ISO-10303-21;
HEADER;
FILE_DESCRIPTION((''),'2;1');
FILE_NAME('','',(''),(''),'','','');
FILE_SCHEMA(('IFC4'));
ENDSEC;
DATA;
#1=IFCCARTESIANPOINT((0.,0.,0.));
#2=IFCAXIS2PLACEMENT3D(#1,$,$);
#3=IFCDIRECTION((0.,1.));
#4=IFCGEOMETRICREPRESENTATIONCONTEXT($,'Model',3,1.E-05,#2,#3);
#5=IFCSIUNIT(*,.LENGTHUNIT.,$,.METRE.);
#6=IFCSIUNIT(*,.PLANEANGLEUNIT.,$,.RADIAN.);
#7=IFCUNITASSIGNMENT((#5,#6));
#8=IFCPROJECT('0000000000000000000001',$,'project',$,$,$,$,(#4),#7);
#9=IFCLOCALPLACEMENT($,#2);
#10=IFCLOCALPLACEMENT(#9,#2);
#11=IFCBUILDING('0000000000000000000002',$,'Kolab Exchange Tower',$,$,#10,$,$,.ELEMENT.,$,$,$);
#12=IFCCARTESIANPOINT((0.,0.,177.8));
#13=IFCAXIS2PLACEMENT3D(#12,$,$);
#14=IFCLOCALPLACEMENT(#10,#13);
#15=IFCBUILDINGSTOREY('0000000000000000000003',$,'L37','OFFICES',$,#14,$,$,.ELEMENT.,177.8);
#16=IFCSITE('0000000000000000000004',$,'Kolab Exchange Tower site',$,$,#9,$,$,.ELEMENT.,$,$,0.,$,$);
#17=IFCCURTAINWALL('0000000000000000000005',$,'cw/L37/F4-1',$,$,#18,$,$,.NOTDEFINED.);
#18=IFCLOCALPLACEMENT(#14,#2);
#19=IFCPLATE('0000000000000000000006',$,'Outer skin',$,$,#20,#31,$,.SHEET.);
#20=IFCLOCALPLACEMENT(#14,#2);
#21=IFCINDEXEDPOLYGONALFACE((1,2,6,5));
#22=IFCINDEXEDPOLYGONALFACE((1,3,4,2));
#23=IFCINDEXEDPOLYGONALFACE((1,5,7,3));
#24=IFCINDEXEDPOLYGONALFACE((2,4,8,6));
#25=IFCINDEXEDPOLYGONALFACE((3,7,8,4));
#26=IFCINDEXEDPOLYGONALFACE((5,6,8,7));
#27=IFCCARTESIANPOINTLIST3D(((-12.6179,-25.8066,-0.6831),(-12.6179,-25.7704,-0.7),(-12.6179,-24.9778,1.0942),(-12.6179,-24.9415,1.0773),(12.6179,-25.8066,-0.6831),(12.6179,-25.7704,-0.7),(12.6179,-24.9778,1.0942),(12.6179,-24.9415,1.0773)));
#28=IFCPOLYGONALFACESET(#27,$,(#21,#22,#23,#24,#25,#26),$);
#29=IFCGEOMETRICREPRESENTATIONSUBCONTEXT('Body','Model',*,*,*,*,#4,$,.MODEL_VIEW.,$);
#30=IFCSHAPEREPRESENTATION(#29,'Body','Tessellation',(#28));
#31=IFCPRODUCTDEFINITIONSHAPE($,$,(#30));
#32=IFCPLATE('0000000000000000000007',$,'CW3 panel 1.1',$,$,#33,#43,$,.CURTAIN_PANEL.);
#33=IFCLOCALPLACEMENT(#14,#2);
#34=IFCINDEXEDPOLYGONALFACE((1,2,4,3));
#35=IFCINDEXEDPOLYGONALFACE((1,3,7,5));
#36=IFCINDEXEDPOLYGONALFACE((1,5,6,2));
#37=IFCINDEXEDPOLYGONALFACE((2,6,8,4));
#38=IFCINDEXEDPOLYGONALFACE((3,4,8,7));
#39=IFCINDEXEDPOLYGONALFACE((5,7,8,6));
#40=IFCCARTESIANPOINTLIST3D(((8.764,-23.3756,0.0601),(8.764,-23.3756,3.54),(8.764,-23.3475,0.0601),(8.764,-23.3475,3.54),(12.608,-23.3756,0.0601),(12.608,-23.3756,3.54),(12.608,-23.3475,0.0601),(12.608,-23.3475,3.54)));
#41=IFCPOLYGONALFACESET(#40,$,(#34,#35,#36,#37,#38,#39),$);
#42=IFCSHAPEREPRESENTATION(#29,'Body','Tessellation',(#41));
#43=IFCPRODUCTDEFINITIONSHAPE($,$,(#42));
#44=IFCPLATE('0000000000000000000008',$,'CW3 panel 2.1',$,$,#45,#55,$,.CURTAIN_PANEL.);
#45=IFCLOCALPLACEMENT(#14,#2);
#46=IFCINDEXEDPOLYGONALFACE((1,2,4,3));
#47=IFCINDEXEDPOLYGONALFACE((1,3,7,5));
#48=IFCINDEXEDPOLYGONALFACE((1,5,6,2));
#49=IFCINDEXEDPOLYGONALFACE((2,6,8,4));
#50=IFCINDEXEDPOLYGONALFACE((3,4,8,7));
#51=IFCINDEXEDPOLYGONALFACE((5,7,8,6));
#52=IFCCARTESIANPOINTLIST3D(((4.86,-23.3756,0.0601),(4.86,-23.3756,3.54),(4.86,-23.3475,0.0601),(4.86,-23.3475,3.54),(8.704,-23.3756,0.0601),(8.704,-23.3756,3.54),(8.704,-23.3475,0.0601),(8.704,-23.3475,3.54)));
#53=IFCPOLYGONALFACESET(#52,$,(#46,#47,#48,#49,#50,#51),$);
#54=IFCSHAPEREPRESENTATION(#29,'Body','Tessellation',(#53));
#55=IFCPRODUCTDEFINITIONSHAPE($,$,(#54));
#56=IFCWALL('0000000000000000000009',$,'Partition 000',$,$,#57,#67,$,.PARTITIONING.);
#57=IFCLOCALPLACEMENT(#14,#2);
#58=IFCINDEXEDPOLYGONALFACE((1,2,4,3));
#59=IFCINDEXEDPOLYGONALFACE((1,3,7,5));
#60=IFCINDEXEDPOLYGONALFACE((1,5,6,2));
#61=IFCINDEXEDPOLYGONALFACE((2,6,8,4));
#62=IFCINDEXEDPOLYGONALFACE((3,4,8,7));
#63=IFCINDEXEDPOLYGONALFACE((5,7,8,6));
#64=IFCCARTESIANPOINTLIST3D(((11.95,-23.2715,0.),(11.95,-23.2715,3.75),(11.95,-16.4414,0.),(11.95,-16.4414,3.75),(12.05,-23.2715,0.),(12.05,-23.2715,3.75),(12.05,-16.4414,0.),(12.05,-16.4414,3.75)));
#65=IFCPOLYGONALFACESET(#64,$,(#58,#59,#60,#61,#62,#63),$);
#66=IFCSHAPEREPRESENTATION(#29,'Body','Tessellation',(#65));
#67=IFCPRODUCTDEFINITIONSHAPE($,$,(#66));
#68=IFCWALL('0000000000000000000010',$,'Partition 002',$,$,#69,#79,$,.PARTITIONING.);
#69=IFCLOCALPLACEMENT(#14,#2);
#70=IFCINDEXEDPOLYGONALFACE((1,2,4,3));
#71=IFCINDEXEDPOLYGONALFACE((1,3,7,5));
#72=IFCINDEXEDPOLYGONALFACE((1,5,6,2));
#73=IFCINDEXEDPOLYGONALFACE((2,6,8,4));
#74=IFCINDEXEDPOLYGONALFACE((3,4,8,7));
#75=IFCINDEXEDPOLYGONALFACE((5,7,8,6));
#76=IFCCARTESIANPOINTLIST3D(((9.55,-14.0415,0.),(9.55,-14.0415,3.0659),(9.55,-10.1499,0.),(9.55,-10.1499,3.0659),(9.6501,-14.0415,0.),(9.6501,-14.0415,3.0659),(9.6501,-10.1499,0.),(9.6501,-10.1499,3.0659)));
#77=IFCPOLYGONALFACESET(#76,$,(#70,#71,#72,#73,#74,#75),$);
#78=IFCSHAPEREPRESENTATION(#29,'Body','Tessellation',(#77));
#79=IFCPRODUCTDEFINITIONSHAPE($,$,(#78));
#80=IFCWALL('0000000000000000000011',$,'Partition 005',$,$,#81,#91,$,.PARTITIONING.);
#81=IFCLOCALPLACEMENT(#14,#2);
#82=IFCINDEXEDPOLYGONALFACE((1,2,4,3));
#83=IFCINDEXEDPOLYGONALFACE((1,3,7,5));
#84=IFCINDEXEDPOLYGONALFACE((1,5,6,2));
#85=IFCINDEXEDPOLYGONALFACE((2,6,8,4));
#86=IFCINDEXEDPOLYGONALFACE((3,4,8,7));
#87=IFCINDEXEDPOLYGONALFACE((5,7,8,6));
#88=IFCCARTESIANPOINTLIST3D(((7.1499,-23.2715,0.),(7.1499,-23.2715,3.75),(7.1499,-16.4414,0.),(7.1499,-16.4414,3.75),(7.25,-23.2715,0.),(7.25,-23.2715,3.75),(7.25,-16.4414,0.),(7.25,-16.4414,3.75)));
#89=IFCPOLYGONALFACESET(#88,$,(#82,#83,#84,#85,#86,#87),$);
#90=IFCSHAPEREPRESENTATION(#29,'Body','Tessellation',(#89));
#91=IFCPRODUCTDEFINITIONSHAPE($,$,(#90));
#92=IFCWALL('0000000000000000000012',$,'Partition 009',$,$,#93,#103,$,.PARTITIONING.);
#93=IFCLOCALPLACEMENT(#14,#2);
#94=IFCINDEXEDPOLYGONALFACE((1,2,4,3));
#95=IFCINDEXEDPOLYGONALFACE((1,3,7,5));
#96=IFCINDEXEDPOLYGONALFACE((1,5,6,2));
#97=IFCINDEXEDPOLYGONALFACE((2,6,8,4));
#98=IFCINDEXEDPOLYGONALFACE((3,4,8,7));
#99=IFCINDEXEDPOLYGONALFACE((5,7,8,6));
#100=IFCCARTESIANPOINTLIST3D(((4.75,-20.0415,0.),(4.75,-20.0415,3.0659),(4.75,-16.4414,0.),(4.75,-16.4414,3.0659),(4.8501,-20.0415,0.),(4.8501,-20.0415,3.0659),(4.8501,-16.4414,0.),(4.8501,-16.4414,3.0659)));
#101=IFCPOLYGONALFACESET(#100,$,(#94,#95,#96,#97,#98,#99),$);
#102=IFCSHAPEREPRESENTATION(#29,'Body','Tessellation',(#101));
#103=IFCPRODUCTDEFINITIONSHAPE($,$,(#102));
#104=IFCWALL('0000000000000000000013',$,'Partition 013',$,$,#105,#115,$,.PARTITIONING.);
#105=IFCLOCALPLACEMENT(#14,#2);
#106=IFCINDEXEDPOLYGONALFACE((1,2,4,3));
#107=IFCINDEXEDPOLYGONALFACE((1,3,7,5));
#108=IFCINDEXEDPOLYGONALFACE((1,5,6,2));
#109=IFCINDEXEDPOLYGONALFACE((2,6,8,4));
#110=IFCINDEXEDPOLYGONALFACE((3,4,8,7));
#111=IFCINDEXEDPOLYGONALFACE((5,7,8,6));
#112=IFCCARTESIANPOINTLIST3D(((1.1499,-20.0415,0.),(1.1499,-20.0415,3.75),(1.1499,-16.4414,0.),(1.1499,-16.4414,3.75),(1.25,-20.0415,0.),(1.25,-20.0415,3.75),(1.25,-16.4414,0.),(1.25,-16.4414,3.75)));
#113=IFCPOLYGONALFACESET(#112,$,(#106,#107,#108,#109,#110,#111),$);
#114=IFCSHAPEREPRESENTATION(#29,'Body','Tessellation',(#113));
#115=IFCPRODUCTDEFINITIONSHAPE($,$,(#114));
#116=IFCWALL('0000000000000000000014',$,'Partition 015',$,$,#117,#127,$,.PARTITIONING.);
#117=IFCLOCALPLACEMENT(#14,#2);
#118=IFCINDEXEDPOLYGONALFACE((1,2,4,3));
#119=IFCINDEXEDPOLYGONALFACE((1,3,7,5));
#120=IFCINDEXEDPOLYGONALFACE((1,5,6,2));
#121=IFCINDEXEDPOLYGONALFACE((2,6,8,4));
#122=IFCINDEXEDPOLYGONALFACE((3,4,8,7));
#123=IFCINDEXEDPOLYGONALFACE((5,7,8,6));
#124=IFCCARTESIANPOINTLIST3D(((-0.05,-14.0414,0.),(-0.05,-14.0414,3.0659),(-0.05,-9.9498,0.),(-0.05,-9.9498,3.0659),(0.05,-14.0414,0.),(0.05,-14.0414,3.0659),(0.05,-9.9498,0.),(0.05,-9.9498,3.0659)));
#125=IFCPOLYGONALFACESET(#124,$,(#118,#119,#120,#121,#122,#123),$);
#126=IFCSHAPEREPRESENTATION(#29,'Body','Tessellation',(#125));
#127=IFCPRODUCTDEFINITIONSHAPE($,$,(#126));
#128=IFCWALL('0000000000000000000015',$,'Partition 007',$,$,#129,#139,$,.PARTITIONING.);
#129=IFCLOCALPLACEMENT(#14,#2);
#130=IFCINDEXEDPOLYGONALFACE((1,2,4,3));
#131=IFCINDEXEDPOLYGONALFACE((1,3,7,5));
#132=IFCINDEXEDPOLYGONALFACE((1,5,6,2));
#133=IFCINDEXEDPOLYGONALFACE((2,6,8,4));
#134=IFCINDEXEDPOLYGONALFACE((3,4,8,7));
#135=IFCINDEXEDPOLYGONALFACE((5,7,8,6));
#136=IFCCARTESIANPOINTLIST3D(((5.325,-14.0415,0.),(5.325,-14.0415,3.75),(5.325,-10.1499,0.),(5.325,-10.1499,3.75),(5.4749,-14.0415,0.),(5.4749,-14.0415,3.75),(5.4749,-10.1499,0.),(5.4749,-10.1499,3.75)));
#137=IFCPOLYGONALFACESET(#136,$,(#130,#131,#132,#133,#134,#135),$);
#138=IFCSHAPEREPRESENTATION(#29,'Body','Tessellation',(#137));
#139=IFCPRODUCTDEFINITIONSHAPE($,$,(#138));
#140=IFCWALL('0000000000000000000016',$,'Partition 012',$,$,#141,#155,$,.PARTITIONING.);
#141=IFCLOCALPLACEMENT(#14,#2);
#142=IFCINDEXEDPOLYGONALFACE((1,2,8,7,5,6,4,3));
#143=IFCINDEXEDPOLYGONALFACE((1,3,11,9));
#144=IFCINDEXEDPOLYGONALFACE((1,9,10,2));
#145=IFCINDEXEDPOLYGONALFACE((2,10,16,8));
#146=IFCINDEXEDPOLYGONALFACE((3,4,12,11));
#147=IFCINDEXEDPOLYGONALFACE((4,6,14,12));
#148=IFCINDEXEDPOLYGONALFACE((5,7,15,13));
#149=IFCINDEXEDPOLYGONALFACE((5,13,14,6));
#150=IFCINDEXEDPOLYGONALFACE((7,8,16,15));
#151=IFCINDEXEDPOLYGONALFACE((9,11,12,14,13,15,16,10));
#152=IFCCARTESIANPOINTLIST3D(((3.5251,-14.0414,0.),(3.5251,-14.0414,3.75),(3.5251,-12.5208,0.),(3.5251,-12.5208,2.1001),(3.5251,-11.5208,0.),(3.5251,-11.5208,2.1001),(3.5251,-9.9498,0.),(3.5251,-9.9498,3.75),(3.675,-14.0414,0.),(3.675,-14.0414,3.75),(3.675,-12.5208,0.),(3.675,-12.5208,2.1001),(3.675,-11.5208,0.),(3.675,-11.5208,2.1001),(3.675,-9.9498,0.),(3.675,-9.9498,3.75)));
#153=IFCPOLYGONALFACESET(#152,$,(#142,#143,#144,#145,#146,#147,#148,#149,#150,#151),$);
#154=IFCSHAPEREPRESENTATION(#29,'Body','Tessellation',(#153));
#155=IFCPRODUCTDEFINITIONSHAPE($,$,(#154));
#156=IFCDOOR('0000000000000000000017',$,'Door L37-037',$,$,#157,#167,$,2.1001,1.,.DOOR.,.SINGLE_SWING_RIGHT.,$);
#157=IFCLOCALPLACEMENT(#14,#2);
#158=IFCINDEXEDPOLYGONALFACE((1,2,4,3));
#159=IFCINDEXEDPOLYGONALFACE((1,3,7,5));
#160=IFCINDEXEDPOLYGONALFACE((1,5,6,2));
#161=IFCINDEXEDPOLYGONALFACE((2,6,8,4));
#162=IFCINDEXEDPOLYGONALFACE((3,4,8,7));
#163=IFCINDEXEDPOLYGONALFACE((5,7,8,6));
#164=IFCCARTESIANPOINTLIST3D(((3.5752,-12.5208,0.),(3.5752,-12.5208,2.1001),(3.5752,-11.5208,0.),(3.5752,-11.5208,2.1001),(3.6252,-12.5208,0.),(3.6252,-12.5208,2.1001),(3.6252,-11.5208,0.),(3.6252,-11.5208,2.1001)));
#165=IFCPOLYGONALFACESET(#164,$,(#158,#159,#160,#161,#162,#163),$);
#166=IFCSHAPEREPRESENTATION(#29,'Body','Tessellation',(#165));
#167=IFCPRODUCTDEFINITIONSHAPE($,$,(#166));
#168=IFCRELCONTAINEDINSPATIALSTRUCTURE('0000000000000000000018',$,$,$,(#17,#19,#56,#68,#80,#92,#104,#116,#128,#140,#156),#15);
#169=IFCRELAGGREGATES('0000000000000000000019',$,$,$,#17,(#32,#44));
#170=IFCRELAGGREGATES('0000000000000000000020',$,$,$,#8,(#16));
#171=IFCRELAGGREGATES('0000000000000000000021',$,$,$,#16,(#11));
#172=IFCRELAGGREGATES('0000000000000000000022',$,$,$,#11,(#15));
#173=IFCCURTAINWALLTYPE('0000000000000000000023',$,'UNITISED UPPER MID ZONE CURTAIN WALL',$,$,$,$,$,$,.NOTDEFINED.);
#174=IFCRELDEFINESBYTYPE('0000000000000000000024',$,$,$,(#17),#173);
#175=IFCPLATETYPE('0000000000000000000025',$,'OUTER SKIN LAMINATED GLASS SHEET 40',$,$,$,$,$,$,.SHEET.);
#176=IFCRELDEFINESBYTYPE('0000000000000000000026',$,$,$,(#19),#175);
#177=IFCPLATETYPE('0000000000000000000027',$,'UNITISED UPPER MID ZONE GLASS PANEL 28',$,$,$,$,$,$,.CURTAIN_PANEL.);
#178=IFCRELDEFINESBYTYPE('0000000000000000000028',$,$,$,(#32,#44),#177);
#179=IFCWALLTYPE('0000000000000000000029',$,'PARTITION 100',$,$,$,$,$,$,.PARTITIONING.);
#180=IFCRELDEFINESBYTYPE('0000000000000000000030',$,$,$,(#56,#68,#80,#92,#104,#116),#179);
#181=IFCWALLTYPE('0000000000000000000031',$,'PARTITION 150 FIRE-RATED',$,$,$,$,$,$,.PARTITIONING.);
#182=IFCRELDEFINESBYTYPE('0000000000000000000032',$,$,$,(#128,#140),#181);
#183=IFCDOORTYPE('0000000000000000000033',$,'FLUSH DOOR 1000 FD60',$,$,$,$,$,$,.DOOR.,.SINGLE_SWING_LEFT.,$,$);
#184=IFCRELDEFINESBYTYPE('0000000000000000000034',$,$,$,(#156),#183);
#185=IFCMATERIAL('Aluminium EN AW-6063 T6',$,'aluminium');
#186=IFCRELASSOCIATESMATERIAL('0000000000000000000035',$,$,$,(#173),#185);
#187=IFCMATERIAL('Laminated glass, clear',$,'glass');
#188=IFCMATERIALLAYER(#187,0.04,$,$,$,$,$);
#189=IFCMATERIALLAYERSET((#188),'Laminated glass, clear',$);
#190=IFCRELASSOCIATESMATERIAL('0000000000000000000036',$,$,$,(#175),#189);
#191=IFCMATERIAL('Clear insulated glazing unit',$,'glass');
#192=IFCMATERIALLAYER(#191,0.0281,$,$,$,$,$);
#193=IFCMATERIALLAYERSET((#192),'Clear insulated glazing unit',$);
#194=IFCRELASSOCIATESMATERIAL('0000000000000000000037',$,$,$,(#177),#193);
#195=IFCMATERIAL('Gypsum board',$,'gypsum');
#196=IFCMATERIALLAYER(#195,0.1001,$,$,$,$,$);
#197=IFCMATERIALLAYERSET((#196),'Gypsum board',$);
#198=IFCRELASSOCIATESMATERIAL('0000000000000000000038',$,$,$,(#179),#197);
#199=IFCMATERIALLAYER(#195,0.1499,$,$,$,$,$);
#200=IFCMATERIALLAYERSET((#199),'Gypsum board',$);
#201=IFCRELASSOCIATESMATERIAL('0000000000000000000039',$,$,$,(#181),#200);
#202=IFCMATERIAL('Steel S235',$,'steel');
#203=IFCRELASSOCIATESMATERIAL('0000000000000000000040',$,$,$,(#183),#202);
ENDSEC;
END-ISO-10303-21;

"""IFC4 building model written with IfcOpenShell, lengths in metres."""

from ifc_helpers import new_model, si_unit, direction, frame, frame_2d, origin, origin_2d, place, context, subcontext, project, spatial, polyline, rectangle, outline, extrude, material, layer, layer_set, type_object, element, fill, aggregate, save


model = new_model("IFC4")

# Units and contexts
model_context = context("Model", 3, precision=1e-05, world=origin(), true_north=direction((0.0, 1.0)))
body_context = subcontext(model_context, "Body", "Model", "MODEL_VIEW")
ifc_project = project(units=[si_unit("LENGTHUNIT", "METRE"), si_unit("PLANEANGLEUNIT", "RADIAN")], contexts=[model_context])

# Site, building, storey
site_placement = place(None, origin())
site = spatial("IfcSite", under=ifc_project, at=site_placement, Name="Kolab Exchange Tower site", CompositionType="ELEMENT", RefElevation=0.0)
building_placement = place(site_placement, origin())
building = spatial("IfcBuilding", under=site, at=building_placement, Name="Kolab Exchange Tower", CompositionType="ELEMENT")
storey_placement = place(building_placement, frame((0.0, 0.0, 177.8)))
storey = spatial("IfcBuildingStorey", under=building, at=storey_placement, Name="L37", Description="OFFICES", CompositionType="ELEMENT", Elevation=177.8)

# Curtain wall
ifc_material_1 = material(Name="Aluminium EN AW-6063 T6", Category="aluminium")
curtain_wall_type = type_object("IfcCurtainWallType", Name="UNITISED UPPER MID ZONE CURTAIN WALL", PredefinedType="NOTDEFINED", material=ifc_material_1)
curtain_wall_placement = place(storey_placement, origin())
curtain_wall = element("IfcCurtainWall", 1, at=curtain_wall_placement, inside=storey, type_object=curtain_wall_type, Name="cw/L37/F4-1", PredefinedType="NOTDEFINED")

# Plates
ifc_material_2 = material(Name="Laminated glass, clear", Category="glass")
ifc_layer_1 = layer(ifc_material_2, 0.04)
ifc_layer_set_1 = layer_set([ifc_layer_1], Name="Laminated glass, clear")
plate_type_1 = type_object("IfcPlateType", Name="OUTER SKIN LAMINATED GLASS SHEET 40", PredefinedType="SHEET", material=ifc_layer_set_1)
plate_1_placement = place(storey_placement, frame((12.6179, -25.8066, -0.6831), z_axis=(0.0, -0.906294, 0.422647), x_axis=(-1.0, 0.0, 0.0)))
element("IfcPlate", 2, at=plate_1_placement, inside=storey, type_object=plate_type_1, Name="Outer skin", PredefinedType="SHEET", context=body_context, shape_type="SweptSolid", body=[
    extrude(outline(polyline([(0.0, 0.0), (25.2358, 0.0), (25.2358, -1.9611), (0.0, -1.9611), (0.0, 0.0)])), origin(), (0.0, 0.0, -1.0), 0.04),
])
ifc_material_3 = material(Name="Clear insulated glazing unit", Category="glass")
ifc_layer_2 = layer(ifc_material_3, 0.0281)
ifc_layer_set_2 = layer_set([ifc_layer_2], Name="Clear insulated glazing unit")
plate_type_2 = type_object("IfcPlateType", Name="UNITISED UPPER MID ZONE GLASS PANEL 28", PredefinedType="CURTAIN_PANEL", material=ifc_layer_set_2)
plate_2_placement = place(storey_placement, frame((10.686, -23.3616, 0.0601), z_axis=(0.0, 0.0, 1.0), x_axis=(-1.0, 0.0, 0.0)))
plate_2 = element("IfcPlate", 3, at=plate_2_placement, type_object=plate_type_2, Name="CW3 panel 1.1", PredefinedType="CURTAIN_PANEL", context=body_context, shape_type="SweptSolid", body=[
    extrude(rectangle(XDim=3.844, YDim=0.0281, at=origin_2d()), origin(), (0.0, 0.0, 1.0), 3.48),
])
plate_3_placement = place(storey_placement, frame((6.782, -23.3616, 0.0601), z_axis=(0.0, 0.0, 1.0), x_axis=(-1.0, 0.0, 0.0)))
plate_3 = element("IfcPlate", 4, at=plate_3_placement, type_object=plate_type_2, Name="CW3 panel 2.1", PredefinedType="CURTAIN_PANEL", context=body_context, shape_type="SweptSolid", body=[
    extrude(rectangle(XDim=3.844, YDim=0.0281, at=origin_2d()), origin(), (0.0, 0.0, 1.0), 3.48),
])
aggregate(curtain_wall, [plate_2, plate_3])

# Walls
ifc_material_4 = material(Name="Gypsum board", Category="gypsum")
ifc_layer_3 = layer(ifc_material_4, 0.1001)
ifc_layer_set_3 = layer_set([ifc_layer_3], Name="Gypsum board")
wall_type_1 = type_object("IfcWallType", Name="PARTITION 100", PredefinedType="PARTITIONING", material=ifc_layer_set_3)
wall_1_placement = place(storey_placement, frame((12.0, -23.2715, 0.0), z_axis=(0.0, 0.0, 1.0), x_axis=(0.0, 1.0, 0.0)))
element("IfcWall", 5, at=wall_1_placement, inside=storey, type_object=wall_type_1, Name="Partition 000", PredefinedType="PARTITIONING", context=body_context, shape_type="SweptSolid", body=[
    extrude(rectangle(XDim=6.8301, YDim=0.1001, at=frame_2d((3.415, 0.0))), origin(), (0.0, 0.0, 1.0), 3.75),
])
wall_2_placement = place(storey_placement, frame((9.6001, -14.0415, 0.0), z_axis=(0.0, 0.0, 1.0), x_axis=(0.0, 1.0, 0.0)))
element("IfcWall", 6, at=wall_2_placement, inside=storey, type_object=wall_type_1, Name="Partition 002", PredefinedType="PARTITIONING", context=body_context, shape_type="SweptSolid", body=[
    extrude(rectangle(XDim=3.8916, YDim=0.1001, at=frame_2d((1.9458, 0.0))), origin(), (0.0, 0.0, 1.0), 3.0659),
])
wall_3_placement = place(storey_placement, frame((7.2, -23.2715, 0.0), z_axis=(0.0, 0.0, 1.0), x_axis=(0.0, 1.0, 0.0)))
element("IfcWall", 7, at=wall_3_placement, inside=storey, type_object=wall_type_1, Name="Partition 005", PredefinedType="PARTITIONING", context=body_context, shape_type="SweptSolid", body=[
    extrude(rectangle(XDim=6.8301, YDim=0.1001, at=frame_2d((3.415, 0.0))), origin(), (0.0, 0.0, 1.0), 3.75),
])
wall_4_placement = place(storey_placement, frame((4.8, -20.0415, 0.0), z_axis=(0.0, 0.0, 1.0), x_axis=(0.0, 1.0, 0.0)))
element("IfcWall", 8, at=wall_4_placement, inside=storey, type_object=wall_type_1, Name="Partition 009", PredefinedType="PARTITIONING", context=body_context, shape_type="SweptSolid", body=[
    extrude(rectangle(XDim=3.6001, YDim=0.1001, at=frame_2d((1.8, 0.0))), origin(), (0.0, 0.0, 1.0), 3.0659),
])
wall_5_placement = place(storey_placement, frame((1.2, -20.0415, 0.0), z_axis=(0.0, 0.0, 1.0), x_axis=(0.0, 1.0, 0.0)))
element("IfcWall", 9, at=wall_5_placement, inside=storey, type_object=wall_type_1, Name="Partition 013", PredefinedType="PARTITIONING", context=body_context, shape_type="SweptSolid", body=[
    extrude(rectangle(XDim=3.6001, YDim=0.1001, at=frame_2d((1.8, 0.0))), origin(), (0.0, 0.0, 1.0), 3.75),
])
wall_6_placement = place(storey_placement, frame((0.0, -14.0415, 0.0), z_axis=(0.0, 0.0, 1.0), x_axis=(0.0, 1.0, 0.0)))
element("IfcWall", 10, at=wall_6_placement, inside=storey, type_object=wall_type_1, Name="Partition 015", PredefinedType="PARTITIONING", context=body_context, shape_type="SweptSolid", body=[
    extrude(rectangle(XDim=4.0916, YDim=0.1001, at=frame_2d((2.0459, 0.0))), origin(), (0.0, 0.0, 1.0), 3.0659),
])
ifc_layer_4 = layer(ifc_material_4, 0.1499)
ifc_layer_set_4 = layer_set([ifc_layer_4], Name="Gypsum board")
wall_type_2 = type_object("IfcWallType", Name="PARTITION 150 FIRE-RATED", PredefinedType="PARTITIONING", material=ifc_layer_set_4)
wall_7_placement = place(storey_placement, frame((5.3999, -14.0415, 0.0), z_axis=(0.0, 0.0, 1.0), x_axis=(0.0, 1.0, 0.0)))
element("IfcWall", 11, at=wall_7_placement, inside=storey, type_object=wall_type_2, Name="Partition 007", PredefinedType="PARTITIONING", context=body_context, shape_type="SweptSolid", body=[
    extrude(rectangle(XDim=3.8916, YDim=0.1499, at=frame_2d((1.9458, 0.0))), origin(), (0.0, 0.0, 1.0), 3.75),
])

# Wall, opening, door
wall_8_placement = place(storey_placement, frame((3.6001, -14.0415, 0.0), z_axis=(0.0, 0.0, 1.0), x_axis=(0.0, 1.0, 0.0)))
wall_8 = element("IfcWall", 12, at=wall_8_placement, inside=storey, type_object=wall_type_2, Name="Partition 012", PredefinedType="PARTITIONING", context=body_context, shape_type="SweptSolid", body=[
    extrude(rectangle(XDim=4.0916, YDim=0.1499, at=frame_2d((2.0459, 0.0))), origin(), (0.0, 0.0, 1.0), 3.75),
])
opening_1_placement = place(wall_8_placement, frame((1.5208, 0.0, 0.0)))
opening_1 = element("IfcOpeningElement", 13, at=opening_1_placement, cuts=wall_8, PredefinedType="OPENING", context=body_context, shape_type="SweptSolid", body=[
    extrude(rectangle(XDim=1.0, YDim=2.1001, at=frame_2d((0.5, 1.05))), frame((0.0, 0.085, 0.0), z_axis=(0.0, -1.0, 0.0), x_axis=(1.0, 0.0, 0.0)), (0.0, 0.0, 1.0), 0.1699),
])
ifc_material_5 = material(Name="Steel S235", Category="steel")
door_type_1 = type_object("IfcDoorType", Name="FLUSH DOOR 1000 FD60", OperationType="SINGLE_SWING_LEFT", PredefinedType="DOOR", material=ifc_material_5)
door_1_placement = place(opening_1_placement, origin())
door_1 = element("IfcDoor", 14, at=door_1_placement, inside=storey, type_object=door_type_1, Name="Door L37-037", OperationType="SINGLE_SWING_RIGHT", OverallHeight=2.1001, OverallWidth=1.0, PredefinedType="DOOR", context=body_context, shape_type="SweptSolid", body=[
    extrude(rectangle(XDim=1.0, YDim=2.1001, at=frame_2d((0.5, 1.05))), frame((0.0, 0.0249, 0.0), z_axis=(0.0, -1.0, 0.0), x_axis=(1.0, 0.0, 0.0)), (0.0, 0.0, 1.0), 0.05),
])
fill(opening_1, door_1)

save(model, "model.ifc")
